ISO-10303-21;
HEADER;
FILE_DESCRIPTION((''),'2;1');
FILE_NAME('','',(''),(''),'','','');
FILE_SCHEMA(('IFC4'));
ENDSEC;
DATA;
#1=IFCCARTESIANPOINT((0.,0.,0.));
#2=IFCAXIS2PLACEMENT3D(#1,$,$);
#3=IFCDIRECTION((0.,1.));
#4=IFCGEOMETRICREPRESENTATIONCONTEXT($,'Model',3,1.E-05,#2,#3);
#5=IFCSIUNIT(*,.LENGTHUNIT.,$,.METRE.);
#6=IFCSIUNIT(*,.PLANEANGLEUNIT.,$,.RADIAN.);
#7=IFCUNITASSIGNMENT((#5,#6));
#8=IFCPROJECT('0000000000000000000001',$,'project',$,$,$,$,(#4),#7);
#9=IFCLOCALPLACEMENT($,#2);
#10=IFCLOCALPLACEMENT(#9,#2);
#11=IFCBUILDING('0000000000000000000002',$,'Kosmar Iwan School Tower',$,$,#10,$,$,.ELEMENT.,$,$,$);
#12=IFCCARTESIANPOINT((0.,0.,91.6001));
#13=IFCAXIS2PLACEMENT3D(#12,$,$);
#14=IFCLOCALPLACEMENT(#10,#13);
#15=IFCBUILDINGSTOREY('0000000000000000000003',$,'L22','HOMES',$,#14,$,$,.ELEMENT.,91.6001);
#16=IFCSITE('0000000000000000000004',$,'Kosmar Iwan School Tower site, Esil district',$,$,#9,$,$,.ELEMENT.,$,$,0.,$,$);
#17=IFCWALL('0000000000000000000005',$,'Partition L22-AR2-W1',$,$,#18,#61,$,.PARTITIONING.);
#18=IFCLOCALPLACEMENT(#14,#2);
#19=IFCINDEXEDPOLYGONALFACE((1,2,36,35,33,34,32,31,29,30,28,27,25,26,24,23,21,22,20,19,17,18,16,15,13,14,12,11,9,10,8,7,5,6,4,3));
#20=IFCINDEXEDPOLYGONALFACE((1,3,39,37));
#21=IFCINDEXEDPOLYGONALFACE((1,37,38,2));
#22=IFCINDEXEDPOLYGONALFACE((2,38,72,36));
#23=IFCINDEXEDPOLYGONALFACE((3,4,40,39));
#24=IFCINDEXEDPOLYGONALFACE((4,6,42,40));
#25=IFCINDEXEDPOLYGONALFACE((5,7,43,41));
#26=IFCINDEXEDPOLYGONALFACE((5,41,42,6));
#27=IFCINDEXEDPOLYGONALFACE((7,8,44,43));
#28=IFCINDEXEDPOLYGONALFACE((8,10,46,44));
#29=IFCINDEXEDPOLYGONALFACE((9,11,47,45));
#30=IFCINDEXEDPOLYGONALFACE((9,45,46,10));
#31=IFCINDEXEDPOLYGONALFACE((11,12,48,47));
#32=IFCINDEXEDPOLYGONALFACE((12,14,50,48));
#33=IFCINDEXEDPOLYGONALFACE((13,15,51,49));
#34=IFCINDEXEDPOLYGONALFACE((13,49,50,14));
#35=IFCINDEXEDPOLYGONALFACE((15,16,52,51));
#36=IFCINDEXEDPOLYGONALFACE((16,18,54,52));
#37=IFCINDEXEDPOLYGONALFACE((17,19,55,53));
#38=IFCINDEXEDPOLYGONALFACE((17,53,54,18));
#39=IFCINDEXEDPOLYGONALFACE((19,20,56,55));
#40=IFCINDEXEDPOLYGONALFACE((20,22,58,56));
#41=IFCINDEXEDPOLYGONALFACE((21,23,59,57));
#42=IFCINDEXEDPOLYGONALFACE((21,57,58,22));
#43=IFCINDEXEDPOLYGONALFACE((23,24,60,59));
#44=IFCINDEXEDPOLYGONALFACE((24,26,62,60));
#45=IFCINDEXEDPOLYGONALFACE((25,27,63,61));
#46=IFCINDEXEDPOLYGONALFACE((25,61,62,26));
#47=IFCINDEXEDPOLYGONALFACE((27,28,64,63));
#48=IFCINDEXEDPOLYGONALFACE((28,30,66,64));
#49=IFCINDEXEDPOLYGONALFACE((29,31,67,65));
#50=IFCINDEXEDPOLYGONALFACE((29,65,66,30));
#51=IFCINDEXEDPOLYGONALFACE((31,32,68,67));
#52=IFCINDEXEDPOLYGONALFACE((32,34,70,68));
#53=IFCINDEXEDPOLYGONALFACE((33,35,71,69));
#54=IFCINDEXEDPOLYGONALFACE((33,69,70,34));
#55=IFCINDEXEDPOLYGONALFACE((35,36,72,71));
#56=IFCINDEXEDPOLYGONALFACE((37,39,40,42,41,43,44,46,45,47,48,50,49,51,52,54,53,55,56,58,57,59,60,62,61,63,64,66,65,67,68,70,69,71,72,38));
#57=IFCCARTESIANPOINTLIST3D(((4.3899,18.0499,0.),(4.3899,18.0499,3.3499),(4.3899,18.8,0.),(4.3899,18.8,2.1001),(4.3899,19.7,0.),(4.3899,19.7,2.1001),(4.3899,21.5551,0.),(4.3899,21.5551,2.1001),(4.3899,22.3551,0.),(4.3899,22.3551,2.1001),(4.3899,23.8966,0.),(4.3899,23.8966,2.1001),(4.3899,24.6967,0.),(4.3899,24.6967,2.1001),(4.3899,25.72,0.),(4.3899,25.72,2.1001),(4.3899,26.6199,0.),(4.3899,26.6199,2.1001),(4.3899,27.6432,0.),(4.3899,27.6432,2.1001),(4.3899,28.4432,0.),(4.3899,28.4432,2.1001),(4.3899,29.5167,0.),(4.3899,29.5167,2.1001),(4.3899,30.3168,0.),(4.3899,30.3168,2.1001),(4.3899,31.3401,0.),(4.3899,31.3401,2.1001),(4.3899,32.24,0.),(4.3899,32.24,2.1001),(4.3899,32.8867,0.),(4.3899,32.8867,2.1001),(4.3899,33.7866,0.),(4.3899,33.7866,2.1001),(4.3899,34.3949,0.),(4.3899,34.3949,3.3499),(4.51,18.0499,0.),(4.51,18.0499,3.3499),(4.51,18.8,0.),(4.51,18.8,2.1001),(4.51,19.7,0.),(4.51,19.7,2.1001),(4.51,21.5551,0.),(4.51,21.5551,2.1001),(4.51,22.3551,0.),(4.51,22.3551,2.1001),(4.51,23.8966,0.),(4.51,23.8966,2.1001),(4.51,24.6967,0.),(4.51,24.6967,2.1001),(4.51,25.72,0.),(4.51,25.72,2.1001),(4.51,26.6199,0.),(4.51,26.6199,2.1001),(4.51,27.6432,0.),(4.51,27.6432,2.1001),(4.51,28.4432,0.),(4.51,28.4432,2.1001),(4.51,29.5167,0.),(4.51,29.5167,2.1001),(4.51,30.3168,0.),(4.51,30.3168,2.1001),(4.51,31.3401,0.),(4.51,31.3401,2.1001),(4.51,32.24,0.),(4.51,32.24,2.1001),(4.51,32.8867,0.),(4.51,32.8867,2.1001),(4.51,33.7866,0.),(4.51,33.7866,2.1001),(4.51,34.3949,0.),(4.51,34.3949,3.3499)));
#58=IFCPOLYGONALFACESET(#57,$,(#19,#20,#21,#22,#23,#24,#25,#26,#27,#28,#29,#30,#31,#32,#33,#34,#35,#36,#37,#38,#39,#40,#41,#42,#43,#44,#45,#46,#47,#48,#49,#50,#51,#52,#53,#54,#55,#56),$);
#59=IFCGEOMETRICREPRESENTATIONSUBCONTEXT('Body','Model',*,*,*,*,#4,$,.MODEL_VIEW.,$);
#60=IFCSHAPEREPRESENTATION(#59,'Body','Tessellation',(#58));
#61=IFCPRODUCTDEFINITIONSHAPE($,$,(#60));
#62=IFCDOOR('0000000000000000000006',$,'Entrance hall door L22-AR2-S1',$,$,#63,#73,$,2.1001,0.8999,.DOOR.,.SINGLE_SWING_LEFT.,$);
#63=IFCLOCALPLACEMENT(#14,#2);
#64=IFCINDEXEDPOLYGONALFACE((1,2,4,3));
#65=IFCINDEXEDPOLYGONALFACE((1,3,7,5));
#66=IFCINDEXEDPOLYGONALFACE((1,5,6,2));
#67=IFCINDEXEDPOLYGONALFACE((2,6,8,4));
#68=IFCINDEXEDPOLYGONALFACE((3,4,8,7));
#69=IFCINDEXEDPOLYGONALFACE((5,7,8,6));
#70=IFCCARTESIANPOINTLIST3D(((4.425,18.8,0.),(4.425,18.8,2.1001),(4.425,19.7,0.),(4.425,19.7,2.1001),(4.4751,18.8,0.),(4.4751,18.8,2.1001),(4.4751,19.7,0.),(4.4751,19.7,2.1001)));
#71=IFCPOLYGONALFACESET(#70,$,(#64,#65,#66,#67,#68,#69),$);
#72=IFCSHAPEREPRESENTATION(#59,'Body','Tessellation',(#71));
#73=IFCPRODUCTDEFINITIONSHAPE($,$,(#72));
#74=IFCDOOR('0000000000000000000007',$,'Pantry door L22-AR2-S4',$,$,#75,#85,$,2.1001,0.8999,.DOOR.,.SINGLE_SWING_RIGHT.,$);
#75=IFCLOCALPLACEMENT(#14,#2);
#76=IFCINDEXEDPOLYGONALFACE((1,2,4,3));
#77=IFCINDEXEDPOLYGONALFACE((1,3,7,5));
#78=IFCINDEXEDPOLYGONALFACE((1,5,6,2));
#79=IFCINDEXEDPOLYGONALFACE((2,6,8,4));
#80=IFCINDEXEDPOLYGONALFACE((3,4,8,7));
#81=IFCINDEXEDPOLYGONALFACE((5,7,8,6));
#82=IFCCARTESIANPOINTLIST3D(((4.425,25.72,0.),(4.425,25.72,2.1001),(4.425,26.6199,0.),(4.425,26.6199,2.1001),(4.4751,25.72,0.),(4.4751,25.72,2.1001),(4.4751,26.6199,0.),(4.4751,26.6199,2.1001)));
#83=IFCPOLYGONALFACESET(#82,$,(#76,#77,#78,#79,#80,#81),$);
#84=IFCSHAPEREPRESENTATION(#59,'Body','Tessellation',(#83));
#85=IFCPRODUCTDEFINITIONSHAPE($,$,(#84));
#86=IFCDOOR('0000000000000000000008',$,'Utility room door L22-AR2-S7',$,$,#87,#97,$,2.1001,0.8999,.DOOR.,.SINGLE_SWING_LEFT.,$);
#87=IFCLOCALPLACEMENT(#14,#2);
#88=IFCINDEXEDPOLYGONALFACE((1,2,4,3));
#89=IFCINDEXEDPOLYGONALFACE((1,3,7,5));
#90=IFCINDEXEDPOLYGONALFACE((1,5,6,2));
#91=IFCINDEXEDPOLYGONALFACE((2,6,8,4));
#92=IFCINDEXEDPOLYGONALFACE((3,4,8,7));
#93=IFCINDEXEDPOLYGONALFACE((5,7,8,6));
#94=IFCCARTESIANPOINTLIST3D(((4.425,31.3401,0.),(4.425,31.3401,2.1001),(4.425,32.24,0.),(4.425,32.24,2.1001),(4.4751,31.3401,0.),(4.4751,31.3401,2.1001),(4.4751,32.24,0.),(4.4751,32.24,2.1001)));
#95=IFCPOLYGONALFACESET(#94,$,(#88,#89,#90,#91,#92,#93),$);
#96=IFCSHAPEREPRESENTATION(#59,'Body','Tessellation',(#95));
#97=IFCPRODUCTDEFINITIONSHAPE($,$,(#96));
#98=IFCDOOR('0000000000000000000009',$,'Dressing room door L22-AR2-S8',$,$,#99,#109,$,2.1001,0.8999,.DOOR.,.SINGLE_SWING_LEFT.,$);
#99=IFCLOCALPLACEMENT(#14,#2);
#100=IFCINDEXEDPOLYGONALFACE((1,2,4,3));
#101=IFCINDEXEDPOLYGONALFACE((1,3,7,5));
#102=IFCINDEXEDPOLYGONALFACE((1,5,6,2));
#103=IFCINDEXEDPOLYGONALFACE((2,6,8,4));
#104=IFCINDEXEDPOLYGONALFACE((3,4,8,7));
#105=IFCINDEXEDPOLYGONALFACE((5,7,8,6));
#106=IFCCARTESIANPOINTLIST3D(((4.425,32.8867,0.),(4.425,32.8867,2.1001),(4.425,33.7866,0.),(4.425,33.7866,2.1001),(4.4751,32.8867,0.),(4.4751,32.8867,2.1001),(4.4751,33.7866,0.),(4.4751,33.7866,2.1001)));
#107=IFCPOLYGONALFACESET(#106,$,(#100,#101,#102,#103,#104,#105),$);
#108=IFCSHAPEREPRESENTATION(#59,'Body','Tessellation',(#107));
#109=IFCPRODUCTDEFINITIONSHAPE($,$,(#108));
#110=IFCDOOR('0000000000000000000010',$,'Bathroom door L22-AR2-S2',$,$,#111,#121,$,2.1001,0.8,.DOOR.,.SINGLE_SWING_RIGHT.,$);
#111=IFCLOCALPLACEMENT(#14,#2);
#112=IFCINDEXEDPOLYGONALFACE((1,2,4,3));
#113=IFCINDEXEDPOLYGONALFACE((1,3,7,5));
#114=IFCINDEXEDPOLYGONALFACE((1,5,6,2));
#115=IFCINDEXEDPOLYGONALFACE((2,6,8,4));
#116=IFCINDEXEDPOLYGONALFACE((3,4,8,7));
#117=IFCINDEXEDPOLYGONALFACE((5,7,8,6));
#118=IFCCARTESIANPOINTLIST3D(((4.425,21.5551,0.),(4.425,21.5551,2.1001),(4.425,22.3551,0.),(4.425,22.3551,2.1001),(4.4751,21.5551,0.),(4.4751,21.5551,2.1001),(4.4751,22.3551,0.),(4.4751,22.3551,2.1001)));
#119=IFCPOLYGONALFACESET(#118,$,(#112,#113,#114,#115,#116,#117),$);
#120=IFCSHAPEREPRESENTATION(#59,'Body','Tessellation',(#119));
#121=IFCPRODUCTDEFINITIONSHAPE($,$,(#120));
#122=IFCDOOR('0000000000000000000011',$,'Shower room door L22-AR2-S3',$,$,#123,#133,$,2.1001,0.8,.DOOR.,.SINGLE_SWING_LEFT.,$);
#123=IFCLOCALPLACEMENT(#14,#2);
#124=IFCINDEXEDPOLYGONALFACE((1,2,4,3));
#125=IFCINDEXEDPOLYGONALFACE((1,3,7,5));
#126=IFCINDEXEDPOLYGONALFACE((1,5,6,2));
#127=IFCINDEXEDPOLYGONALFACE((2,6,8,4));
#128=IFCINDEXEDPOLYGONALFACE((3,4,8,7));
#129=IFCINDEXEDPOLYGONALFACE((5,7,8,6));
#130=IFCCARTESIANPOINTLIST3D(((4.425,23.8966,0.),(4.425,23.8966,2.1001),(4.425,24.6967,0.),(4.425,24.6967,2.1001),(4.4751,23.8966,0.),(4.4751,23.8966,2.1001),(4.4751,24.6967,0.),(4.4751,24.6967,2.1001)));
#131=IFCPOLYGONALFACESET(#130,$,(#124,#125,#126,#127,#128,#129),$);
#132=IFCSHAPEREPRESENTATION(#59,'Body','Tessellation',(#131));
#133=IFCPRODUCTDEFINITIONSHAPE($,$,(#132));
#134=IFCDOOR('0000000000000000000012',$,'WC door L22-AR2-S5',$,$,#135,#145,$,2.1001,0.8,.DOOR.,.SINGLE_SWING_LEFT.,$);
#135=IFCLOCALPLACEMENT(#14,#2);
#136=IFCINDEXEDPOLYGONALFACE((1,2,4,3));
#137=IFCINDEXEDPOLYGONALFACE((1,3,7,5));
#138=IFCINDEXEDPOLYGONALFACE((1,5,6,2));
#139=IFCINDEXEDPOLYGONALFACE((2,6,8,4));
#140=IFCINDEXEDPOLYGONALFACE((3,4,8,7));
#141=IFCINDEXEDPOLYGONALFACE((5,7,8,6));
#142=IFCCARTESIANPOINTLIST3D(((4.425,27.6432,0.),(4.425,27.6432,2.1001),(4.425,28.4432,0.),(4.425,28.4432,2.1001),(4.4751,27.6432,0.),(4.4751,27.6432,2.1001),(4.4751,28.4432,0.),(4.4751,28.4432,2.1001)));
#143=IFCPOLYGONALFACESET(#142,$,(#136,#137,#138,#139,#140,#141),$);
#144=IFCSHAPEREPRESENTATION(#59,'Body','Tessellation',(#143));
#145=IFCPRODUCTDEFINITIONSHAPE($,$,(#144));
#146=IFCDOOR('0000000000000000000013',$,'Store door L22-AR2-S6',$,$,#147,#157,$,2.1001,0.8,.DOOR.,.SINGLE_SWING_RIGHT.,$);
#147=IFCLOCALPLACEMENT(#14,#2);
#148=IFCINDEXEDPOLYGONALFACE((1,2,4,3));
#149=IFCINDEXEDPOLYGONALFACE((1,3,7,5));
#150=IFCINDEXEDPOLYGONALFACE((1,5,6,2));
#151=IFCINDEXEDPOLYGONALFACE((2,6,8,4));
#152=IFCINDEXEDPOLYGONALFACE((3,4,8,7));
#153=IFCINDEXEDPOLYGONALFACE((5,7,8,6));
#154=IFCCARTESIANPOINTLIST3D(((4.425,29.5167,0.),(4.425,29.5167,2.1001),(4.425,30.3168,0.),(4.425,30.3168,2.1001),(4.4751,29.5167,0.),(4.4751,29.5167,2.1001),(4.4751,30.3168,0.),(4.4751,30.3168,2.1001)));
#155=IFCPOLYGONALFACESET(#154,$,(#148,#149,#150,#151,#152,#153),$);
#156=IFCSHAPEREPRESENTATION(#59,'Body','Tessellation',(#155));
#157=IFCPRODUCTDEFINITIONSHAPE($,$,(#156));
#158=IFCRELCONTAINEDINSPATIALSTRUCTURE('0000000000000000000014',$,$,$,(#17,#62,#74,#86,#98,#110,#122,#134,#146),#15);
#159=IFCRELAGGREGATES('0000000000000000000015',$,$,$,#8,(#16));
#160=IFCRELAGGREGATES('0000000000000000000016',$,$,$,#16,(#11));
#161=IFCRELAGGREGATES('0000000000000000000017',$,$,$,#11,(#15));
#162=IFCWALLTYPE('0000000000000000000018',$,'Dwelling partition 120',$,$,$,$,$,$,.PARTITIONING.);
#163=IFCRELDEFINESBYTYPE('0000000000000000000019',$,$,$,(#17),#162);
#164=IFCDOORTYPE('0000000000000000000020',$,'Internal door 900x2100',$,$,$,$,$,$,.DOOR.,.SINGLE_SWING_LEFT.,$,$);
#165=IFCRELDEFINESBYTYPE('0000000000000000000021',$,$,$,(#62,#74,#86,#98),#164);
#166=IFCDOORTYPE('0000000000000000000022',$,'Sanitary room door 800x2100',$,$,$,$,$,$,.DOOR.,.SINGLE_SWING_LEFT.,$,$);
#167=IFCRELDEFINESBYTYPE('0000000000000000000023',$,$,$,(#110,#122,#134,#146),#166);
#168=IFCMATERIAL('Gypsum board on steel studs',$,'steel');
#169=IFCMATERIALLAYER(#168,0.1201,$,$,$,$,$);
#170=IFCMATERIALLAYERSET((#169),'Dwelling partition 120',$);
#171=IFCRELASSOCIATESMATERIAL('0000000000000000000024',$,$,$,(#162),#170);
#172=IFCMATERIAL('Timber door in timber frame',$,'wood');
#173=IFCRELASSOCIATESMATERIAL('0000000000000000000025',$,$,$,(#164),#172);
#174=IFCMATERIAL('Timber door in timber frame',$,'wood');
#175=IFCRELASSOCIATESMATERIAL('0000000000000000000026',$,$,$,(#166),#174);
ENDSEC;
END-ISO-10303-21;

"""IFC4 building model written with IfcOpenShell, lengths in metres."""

from ifc_helpers import new_model, si_unit, direction, frame, frame_2d, origin, place, context, subcontext, project, spatial, rectangle, extrude, material, layer, layer_set, type_object, element, fill, save


model = new_model("IFC4")

# Units and contexts
model_context = context("Model", 3, precision=1e-05, world=origin(), true_north=direction((0.0, 1.0)))
body_context = subcontext(model_context, "Body", "Model", "MODEL_VIEW")
ifc_project = project(units=[si_unit("LENGTHUNIT", "METRE"), si_unit("PLANEANGLEUNIT", "RADIAN")], contexts=[model_context])

# Site, building, storey
site_placement = place(None, origin())
site = spatial("IfcSite", under=ifc_project, at=site_placement, Name="Kosmar Iwan School Tower site, Esil district", CompositionType="ELEMENT", RefElevation=0.0)
building_placement = place(site_placement, origin())
building = spatial("IfcBuilding", under=site, at=building_placement, Name="Kosmar Iwan School Tower", CompositionType="ELEMENT")
storey_placement = place(building_placement, frame((0.0, 0.0, 91.6001)))
storey = spatial("IfcBuildingStorey", under=building, at=storey_placement, Name="L22", Description="HOMES", CompositionType="ELEMENT", Elevation=91.6001)

# Shared definitions
ifc_material_1 = material(Name="Gypsum board on steel studs", Category="steel")
ifc_layer_1 = layer(ifc_material_1, 0.1201)
ifc_layer_set_1 = layer_set([ifc_layer_1], Name="Dwelling partition 120")
wall_type_1 = type_object("IfcWallType", Name="Dwelling partition 120", PredefinedType="PARTITIONING", material=ifc_layer_set_1)

# Wall, openings, doors
wall_1_placement = place(storey_placement, frame((4.45, 18.05, 0.0), z_axis=(0.0, 0.0, 1.0), x_axis=(0.0, 1.0, 0.0)))
wall_1 = element("IfcWall", 1, at=wall_1_placement, inside=storey, type_object=wall_type_1, Name="Partition L22-AR2-W1", PredefinedType="PARTITIONING", context=body_context, shape_type="SweptSolid", body=[
    extrude(rectangle(XDim=16.345, YDim=0.1201, at=frame_2d((8.1724, 0.0))), origin(), (0.0, 0.0, 1.0), 3.3499),
])
opening_1_placement = place(wall_1_placement, frame((0.75, 0.0, 0.0)))
opening_1 = element("IfcOpeningElement", 2, at=opening_1_placement, cuts=wall_1, PredefinedType="OPENING", context=body_context, shape_type="SweptSolid", body=[
    extrude(rectangle(XDim=0.8999, YDim=2.1001, at=frame_2d((0.45, 1.05))), frame((0.0, 0.072, 0.0), z_axis=(0.0, -1.0, 0.0), x_axis=(1.0, 0.0, 0.0)), (0.0, 0.0, 1.0), 0.144),
])
opening_2_placement = place(wall_1_placement, frame((3.5051, 0.0, 0.0)))
opening_2 = element("IfcOpeningElement", 3, at=opening_2_placement, cuts=wall_1, PredefinedType="OPENING", context=body_context, shape_type="SweptSolid", body=[
    extrude(rectangle(XDim=0.8, YDim=2.1001, at=frame_2d((0.3999, 1.05))), frame((0.0, 0.072, 0.0), z_axis=(0.0, -1.0, 0.0), x_axis=(1.0, 0.0, 0.0)), (0.0, 0.0, 1.0), 0.144),
])
opening_3_placement = place(wall_1_placement, frame((5.8467, 0.0, 0.0)))
opening_3 = element("IfcOpeningElement", 4, at=opening_3_placement, cuts=wall_1, PredefinedType="OPENING", context=body_context, shape_type="SweptSolid", body=[
    extrude(rectangle(XDim=0.8, YDim=2.1001, at=frame_2d((0.3999, 1.05))), frame((0.0, 0.072, 0.0), z_axis=(0.0, -1.0, 0.0), x_axis=(1.0, 0.0, 0.0)), (0.0, 0.0, 1.0), 0.144),
])
opening_4_placement = place(wall_1_placement, frame((7.6699, 0.0, 0.0)))
opening_4 = element("IfcOpeningElement", 5, at=opening_4_placement, cuts=wall_1, PredefinedType="OPENING", context=body_context, shape_type="SweptSolid", body=[
    extrude(rectangle(XDim=0.8999, YDim=2.1001, at=frame_2d((0.45, 1.05))), frame((0.0, 0.072, 0.0), z_axis=(0.0, -1.0, 0.0), x_axis=(1.0, 0.0, 0.0)), (0.0, 0.0, 1.0), 0.144),
])
opening_5_placement = place(wall_1_placement, frame((9.5933, 0.0, 0.0)))
opening_5 = element("IfcOpeningElement", 6, at=opening_5_placement, cuts=wall_1, PredefinedType="OPENING", context=body_context, shape_type="SweptSolid", body=[
    extrude(rectangle(XDim=0.8, YDim=2.1001, at=frame_2d((0.3999, 1.05))), frame((0.0, 0.072, 0.0), z_axis=(0.0, -1.0, 0.0), x_axis=(1.0, 0.0, 0.0)), (0.0, 0.0, 1.0), 0.144),
])
opening_6_placement = place(wall_1_placement, frame((11.4668, 0.0, 0.0)))
opening_6 = element("IfcOpeningElement", 7, at=opening_6_placement, cuts=wall_1, PredefinedType="OPENING", context=body_context, shape_type="SweptSolid", body=[
    extrude(rectangle(XDim=0.8, YDim=2.1001, at=frame_2d((0.3999, 1.05))), frame((0.0, 0.072, 0.0), z_axis=(0.0, -1.0, 0.0), x_axis=(1.0, 0.0, 0.0)), (0.0, 0.0, 1.0), 0.144),
])
opening_7_placement = place(wall_1_placement, frame((13.29, 0.0, 0.0)))
opening_7 = element("IfcOpeningElement", 8, at=opening_7_placement, cuts=wall_1, PredefinedType="OPENING", context=body_context, shape_type="SweptSolid", body=[
    extrude(rectangle(XDim=0.8999, YDim=2.1001, at=frame_2d((0.45, 1.05))), frame((0.0, 0.072, 0.0), z_axis=(0.0, -1.0, 0.0), x_axis=(1.0, 0.0, 0.0)), (0.0, 0.0, 1.0), 0.144),
])
opening_8_placement = place(wall_1_placement, frame((14.8367, 0.0, 0.0)))
opening_8 = element("IfcOpeningElement", 9, at=opening_8_placement, cuts=wall_1, PredefinedType="OPENING", context=body_context, shape_type="SweptSolid", body=[
    extrude(rectangle(XDim=0.8999, YDim=2.1001, at=frame_2d((0.45, 1.05))), frame((0.0, 0.072, 0.0), z_axis=(0.0, -1.0, 0.0), x_axis=(1.0, 0.0, 0.0)), (0.0, 0.0, 1.0), 0.144),
])
ifc_material_2 = material(Name="Timber door in timber frame", Category="wood")
door_type_1 = type_object("IfcDoorType", Name="Internal door 900x2100", OperationType="SINGLE_SWING_LEFT", PredefinedType="DOOR", material=ifc_material_2)
door_1_placement = place(opening_1_placement, origin())
door_1 = element("IfcDoor", 10, at=door_1_placement, inside=storey, type_object=door_type_1, Name="Entrance hall door L22-AR2-S1", OperationType="SINGLE_SWING_LEFT", OverallHeight=2.1001, OverallWidth=0.8999, PredefinedType="DOOR", context=body_context, shape_type="SweptSolid", body=[
    extrude(rectangle(XDim=0.8999, YDim=2.1001, at=frame_2d((0.45, 1.05))), frame((0.0, 0.0249, 0.0), z_axis=(0.0, -1.0, 0.0), x_axis=(1.0, 0.0, 0.0)), (0.0, 0.0, 1.0), 0.05),
])
fill(opening_1, door_1)
door_2_placement = place(opening_4_placement, origin())
door_2 = element("IfcDoor", 11, at=door_2_placement, inside=storey, type_object=door_type_1, Name="Pantry door L22-AR2-S4", OperationType="SINGLE_SWING_RIGHT", OverallHeight=2.1001, OverallWidth=0.8999, PredefinedType="DOOR", context=body_context, shape_type="SweptSolid", body=[
    extrude(rectangle(XDim=0.8999, YDim=2.1001, at=frame_2d((0.45, 1.05))), frame((0.0, 0.0249, 0.0), z_axis=(0.0, -1.0, 0.0), x_axis=(1.0, 0.0, 0.0)), (0.0, 0.0, 1.0), 0.05),
])
fill(opening_4, door_2)
door_3_placement = place(opening_7_placement, origin())
door_3 = element("IfcDoor", 12, at=door_3_placement, inside=storey, type_object=door_type_1, Name="Utility room door L22-AR2-S7", OperationType="SINGLE_SWING_LEFT", OverallHeight=2.1001, OverallWidth=0.8999, PredefinedType="DOOR", context=body_context, shape_type="SweptSolid", body=[
    extrude(rectangle(XDim=0.8999, YDim=2.1001, at=frame_2d((0.45, 1.05))), frame((0.0, 0.0249, 0.0), z_axis=(0.0, -1.0, 0.0), x_axis=(1.0, 0.0, 0.0)), (0.0, 0.0, 1.0), 0.05),
])
fill(opening_7, door_3)
door_4_placement = place(opening_8_placement, origin())
door_4 = element("IfcDoor", 13, at=door_4_placement, inside=storey, type_object=door_type_1, Name="Dressing room door L22-AR2-S8", OperationType="SINGLE_SWING_LEFT", OverallHeight=2.1001, OverallWidth=0.8999, PredefinedType="DOOR", context=body_context, shape_type="SweptSolid", body=[
    extrude(rectangle(XDim=0.8999, YDim=2.1001, at=frame_2d((0.45, 1.05))), frame((0.0, 0.0249, 0.0), z_axis=(0.0, -1.0, 0.0), x_axis=(1.0, 0.0, 0.0)), (0.0, 0.0, 1.0), 0.05),
])
fill(opening_8, door_4)
ifc_material_3 = material(Name="Timber door in timber frame", Category="wood")
door_type_2 = type_object("IfcDoorType", Name="Sanitary room door 800x2100", OperationType="SINGLE_SWING_LEFT", PredefinedType="DOOR", material=ifc_material_3)
door_5_placement = place(opening_2_placement, origin())
door_5 = element("IfcDoor", 14, at=door_5_placement, inside=storey, type_object=door_type_2, Name="Bathroom door L22-AR2-S2", OperationType="SINGLE_SWING_RIGHT", OverallHeight=2.1001, OverallWidth=0.8, PredefinedType="DOOR", context=body_context, shape_type="SweptSolid", body=[
    extrude(rectangle(XDim=0.8, YDim=2.1001, at=frame_2d((0.3999, 1.05))), frame((0.0, 0.0249, 0.0), z_axis=(0.0, -1.0, 0.0), x_axis=(1.0, 0.0, 0.0)), (0.0, 0.0, 1.0), 0.05),
])
fill(opening_2, door_5)
door_6_placement = place(opening_3_placement, origin())
door_6 = element("IfcDoor", 15, at=door_6_placement, inside=storey, type_object=door_type_2, Name="Shower room door L22-AR2-S3", OperationType="SINGLE_SWING_LEFT", OverallHeight=2.1001, OverallWidth=0.8, PredefinedType="DOOR", context=body_context, shape_type="SweptSolid", body=[
    extrude(rectangle(XDim=0.8, YDim=2.1001, at=frame_2d((0.3999, 1.05))), frame((0.0, 0.0249, 0.0), z_axis=(0.0, -1.0, 0.0), x_axis=(1.0, 0.0, 0.0)), (0.0, 0.0, 1.0), 0.05),
])
fill(opening_3, door_6)
door_7_placement = place(opening_5_placement, origin())
door_7 = element("IfcDoor", 16, at=door_7_placement, inside=storey, type_object=door_type_2, Name="WC door L22-AR2-S5", OperationType="SINGLE_SWING_LEFT", OverallHeight=2.1001, OverallWidth=0.8, PredefinedType="DOOR", context=body_context, shape_type="SweptSolid", body=[
    extrude(rectangle(XDim=0.8, YDim=2.1001, at=frame_2d((0.3999, 1.05))), frame((0.0, 0.0249, 0.0), z_axis=(0.0, -1.0, 0.0), x_axis=(1.0, 0.0, 0.0)), (0.0, 0.0, 1.0), 0.05),
])
fill(opening_5, door_7)
door_8_placement = place(opening_6_placement, origin())
door_8 = element("IfcDoor", 17, at=door_8_placement, inside=storey, type_object=door_type_2, Name="Store door L22-AR2-S6", OperationType="SINGLE_SWING_RIGHT", OverallHeight=2.1001, OverallWidth=0.8, PredefinedType="DOOR", context=body_context, shape_type="SweptSolid", body=[
    extrude(rectangle(XDim=0.8, YDim=2.1001, at=frame_2d((0.3999, 1.05))), frame((0.0, 0.0249, 0.0), z_axis=(0.0, -1.0, 0.0), x_axis=(1.0, 0.0, 0.0)), (0.0, 0.0, 1.0), 0.05),
])
fill(opening_6, door_8)

save(model, "model.ifc")
